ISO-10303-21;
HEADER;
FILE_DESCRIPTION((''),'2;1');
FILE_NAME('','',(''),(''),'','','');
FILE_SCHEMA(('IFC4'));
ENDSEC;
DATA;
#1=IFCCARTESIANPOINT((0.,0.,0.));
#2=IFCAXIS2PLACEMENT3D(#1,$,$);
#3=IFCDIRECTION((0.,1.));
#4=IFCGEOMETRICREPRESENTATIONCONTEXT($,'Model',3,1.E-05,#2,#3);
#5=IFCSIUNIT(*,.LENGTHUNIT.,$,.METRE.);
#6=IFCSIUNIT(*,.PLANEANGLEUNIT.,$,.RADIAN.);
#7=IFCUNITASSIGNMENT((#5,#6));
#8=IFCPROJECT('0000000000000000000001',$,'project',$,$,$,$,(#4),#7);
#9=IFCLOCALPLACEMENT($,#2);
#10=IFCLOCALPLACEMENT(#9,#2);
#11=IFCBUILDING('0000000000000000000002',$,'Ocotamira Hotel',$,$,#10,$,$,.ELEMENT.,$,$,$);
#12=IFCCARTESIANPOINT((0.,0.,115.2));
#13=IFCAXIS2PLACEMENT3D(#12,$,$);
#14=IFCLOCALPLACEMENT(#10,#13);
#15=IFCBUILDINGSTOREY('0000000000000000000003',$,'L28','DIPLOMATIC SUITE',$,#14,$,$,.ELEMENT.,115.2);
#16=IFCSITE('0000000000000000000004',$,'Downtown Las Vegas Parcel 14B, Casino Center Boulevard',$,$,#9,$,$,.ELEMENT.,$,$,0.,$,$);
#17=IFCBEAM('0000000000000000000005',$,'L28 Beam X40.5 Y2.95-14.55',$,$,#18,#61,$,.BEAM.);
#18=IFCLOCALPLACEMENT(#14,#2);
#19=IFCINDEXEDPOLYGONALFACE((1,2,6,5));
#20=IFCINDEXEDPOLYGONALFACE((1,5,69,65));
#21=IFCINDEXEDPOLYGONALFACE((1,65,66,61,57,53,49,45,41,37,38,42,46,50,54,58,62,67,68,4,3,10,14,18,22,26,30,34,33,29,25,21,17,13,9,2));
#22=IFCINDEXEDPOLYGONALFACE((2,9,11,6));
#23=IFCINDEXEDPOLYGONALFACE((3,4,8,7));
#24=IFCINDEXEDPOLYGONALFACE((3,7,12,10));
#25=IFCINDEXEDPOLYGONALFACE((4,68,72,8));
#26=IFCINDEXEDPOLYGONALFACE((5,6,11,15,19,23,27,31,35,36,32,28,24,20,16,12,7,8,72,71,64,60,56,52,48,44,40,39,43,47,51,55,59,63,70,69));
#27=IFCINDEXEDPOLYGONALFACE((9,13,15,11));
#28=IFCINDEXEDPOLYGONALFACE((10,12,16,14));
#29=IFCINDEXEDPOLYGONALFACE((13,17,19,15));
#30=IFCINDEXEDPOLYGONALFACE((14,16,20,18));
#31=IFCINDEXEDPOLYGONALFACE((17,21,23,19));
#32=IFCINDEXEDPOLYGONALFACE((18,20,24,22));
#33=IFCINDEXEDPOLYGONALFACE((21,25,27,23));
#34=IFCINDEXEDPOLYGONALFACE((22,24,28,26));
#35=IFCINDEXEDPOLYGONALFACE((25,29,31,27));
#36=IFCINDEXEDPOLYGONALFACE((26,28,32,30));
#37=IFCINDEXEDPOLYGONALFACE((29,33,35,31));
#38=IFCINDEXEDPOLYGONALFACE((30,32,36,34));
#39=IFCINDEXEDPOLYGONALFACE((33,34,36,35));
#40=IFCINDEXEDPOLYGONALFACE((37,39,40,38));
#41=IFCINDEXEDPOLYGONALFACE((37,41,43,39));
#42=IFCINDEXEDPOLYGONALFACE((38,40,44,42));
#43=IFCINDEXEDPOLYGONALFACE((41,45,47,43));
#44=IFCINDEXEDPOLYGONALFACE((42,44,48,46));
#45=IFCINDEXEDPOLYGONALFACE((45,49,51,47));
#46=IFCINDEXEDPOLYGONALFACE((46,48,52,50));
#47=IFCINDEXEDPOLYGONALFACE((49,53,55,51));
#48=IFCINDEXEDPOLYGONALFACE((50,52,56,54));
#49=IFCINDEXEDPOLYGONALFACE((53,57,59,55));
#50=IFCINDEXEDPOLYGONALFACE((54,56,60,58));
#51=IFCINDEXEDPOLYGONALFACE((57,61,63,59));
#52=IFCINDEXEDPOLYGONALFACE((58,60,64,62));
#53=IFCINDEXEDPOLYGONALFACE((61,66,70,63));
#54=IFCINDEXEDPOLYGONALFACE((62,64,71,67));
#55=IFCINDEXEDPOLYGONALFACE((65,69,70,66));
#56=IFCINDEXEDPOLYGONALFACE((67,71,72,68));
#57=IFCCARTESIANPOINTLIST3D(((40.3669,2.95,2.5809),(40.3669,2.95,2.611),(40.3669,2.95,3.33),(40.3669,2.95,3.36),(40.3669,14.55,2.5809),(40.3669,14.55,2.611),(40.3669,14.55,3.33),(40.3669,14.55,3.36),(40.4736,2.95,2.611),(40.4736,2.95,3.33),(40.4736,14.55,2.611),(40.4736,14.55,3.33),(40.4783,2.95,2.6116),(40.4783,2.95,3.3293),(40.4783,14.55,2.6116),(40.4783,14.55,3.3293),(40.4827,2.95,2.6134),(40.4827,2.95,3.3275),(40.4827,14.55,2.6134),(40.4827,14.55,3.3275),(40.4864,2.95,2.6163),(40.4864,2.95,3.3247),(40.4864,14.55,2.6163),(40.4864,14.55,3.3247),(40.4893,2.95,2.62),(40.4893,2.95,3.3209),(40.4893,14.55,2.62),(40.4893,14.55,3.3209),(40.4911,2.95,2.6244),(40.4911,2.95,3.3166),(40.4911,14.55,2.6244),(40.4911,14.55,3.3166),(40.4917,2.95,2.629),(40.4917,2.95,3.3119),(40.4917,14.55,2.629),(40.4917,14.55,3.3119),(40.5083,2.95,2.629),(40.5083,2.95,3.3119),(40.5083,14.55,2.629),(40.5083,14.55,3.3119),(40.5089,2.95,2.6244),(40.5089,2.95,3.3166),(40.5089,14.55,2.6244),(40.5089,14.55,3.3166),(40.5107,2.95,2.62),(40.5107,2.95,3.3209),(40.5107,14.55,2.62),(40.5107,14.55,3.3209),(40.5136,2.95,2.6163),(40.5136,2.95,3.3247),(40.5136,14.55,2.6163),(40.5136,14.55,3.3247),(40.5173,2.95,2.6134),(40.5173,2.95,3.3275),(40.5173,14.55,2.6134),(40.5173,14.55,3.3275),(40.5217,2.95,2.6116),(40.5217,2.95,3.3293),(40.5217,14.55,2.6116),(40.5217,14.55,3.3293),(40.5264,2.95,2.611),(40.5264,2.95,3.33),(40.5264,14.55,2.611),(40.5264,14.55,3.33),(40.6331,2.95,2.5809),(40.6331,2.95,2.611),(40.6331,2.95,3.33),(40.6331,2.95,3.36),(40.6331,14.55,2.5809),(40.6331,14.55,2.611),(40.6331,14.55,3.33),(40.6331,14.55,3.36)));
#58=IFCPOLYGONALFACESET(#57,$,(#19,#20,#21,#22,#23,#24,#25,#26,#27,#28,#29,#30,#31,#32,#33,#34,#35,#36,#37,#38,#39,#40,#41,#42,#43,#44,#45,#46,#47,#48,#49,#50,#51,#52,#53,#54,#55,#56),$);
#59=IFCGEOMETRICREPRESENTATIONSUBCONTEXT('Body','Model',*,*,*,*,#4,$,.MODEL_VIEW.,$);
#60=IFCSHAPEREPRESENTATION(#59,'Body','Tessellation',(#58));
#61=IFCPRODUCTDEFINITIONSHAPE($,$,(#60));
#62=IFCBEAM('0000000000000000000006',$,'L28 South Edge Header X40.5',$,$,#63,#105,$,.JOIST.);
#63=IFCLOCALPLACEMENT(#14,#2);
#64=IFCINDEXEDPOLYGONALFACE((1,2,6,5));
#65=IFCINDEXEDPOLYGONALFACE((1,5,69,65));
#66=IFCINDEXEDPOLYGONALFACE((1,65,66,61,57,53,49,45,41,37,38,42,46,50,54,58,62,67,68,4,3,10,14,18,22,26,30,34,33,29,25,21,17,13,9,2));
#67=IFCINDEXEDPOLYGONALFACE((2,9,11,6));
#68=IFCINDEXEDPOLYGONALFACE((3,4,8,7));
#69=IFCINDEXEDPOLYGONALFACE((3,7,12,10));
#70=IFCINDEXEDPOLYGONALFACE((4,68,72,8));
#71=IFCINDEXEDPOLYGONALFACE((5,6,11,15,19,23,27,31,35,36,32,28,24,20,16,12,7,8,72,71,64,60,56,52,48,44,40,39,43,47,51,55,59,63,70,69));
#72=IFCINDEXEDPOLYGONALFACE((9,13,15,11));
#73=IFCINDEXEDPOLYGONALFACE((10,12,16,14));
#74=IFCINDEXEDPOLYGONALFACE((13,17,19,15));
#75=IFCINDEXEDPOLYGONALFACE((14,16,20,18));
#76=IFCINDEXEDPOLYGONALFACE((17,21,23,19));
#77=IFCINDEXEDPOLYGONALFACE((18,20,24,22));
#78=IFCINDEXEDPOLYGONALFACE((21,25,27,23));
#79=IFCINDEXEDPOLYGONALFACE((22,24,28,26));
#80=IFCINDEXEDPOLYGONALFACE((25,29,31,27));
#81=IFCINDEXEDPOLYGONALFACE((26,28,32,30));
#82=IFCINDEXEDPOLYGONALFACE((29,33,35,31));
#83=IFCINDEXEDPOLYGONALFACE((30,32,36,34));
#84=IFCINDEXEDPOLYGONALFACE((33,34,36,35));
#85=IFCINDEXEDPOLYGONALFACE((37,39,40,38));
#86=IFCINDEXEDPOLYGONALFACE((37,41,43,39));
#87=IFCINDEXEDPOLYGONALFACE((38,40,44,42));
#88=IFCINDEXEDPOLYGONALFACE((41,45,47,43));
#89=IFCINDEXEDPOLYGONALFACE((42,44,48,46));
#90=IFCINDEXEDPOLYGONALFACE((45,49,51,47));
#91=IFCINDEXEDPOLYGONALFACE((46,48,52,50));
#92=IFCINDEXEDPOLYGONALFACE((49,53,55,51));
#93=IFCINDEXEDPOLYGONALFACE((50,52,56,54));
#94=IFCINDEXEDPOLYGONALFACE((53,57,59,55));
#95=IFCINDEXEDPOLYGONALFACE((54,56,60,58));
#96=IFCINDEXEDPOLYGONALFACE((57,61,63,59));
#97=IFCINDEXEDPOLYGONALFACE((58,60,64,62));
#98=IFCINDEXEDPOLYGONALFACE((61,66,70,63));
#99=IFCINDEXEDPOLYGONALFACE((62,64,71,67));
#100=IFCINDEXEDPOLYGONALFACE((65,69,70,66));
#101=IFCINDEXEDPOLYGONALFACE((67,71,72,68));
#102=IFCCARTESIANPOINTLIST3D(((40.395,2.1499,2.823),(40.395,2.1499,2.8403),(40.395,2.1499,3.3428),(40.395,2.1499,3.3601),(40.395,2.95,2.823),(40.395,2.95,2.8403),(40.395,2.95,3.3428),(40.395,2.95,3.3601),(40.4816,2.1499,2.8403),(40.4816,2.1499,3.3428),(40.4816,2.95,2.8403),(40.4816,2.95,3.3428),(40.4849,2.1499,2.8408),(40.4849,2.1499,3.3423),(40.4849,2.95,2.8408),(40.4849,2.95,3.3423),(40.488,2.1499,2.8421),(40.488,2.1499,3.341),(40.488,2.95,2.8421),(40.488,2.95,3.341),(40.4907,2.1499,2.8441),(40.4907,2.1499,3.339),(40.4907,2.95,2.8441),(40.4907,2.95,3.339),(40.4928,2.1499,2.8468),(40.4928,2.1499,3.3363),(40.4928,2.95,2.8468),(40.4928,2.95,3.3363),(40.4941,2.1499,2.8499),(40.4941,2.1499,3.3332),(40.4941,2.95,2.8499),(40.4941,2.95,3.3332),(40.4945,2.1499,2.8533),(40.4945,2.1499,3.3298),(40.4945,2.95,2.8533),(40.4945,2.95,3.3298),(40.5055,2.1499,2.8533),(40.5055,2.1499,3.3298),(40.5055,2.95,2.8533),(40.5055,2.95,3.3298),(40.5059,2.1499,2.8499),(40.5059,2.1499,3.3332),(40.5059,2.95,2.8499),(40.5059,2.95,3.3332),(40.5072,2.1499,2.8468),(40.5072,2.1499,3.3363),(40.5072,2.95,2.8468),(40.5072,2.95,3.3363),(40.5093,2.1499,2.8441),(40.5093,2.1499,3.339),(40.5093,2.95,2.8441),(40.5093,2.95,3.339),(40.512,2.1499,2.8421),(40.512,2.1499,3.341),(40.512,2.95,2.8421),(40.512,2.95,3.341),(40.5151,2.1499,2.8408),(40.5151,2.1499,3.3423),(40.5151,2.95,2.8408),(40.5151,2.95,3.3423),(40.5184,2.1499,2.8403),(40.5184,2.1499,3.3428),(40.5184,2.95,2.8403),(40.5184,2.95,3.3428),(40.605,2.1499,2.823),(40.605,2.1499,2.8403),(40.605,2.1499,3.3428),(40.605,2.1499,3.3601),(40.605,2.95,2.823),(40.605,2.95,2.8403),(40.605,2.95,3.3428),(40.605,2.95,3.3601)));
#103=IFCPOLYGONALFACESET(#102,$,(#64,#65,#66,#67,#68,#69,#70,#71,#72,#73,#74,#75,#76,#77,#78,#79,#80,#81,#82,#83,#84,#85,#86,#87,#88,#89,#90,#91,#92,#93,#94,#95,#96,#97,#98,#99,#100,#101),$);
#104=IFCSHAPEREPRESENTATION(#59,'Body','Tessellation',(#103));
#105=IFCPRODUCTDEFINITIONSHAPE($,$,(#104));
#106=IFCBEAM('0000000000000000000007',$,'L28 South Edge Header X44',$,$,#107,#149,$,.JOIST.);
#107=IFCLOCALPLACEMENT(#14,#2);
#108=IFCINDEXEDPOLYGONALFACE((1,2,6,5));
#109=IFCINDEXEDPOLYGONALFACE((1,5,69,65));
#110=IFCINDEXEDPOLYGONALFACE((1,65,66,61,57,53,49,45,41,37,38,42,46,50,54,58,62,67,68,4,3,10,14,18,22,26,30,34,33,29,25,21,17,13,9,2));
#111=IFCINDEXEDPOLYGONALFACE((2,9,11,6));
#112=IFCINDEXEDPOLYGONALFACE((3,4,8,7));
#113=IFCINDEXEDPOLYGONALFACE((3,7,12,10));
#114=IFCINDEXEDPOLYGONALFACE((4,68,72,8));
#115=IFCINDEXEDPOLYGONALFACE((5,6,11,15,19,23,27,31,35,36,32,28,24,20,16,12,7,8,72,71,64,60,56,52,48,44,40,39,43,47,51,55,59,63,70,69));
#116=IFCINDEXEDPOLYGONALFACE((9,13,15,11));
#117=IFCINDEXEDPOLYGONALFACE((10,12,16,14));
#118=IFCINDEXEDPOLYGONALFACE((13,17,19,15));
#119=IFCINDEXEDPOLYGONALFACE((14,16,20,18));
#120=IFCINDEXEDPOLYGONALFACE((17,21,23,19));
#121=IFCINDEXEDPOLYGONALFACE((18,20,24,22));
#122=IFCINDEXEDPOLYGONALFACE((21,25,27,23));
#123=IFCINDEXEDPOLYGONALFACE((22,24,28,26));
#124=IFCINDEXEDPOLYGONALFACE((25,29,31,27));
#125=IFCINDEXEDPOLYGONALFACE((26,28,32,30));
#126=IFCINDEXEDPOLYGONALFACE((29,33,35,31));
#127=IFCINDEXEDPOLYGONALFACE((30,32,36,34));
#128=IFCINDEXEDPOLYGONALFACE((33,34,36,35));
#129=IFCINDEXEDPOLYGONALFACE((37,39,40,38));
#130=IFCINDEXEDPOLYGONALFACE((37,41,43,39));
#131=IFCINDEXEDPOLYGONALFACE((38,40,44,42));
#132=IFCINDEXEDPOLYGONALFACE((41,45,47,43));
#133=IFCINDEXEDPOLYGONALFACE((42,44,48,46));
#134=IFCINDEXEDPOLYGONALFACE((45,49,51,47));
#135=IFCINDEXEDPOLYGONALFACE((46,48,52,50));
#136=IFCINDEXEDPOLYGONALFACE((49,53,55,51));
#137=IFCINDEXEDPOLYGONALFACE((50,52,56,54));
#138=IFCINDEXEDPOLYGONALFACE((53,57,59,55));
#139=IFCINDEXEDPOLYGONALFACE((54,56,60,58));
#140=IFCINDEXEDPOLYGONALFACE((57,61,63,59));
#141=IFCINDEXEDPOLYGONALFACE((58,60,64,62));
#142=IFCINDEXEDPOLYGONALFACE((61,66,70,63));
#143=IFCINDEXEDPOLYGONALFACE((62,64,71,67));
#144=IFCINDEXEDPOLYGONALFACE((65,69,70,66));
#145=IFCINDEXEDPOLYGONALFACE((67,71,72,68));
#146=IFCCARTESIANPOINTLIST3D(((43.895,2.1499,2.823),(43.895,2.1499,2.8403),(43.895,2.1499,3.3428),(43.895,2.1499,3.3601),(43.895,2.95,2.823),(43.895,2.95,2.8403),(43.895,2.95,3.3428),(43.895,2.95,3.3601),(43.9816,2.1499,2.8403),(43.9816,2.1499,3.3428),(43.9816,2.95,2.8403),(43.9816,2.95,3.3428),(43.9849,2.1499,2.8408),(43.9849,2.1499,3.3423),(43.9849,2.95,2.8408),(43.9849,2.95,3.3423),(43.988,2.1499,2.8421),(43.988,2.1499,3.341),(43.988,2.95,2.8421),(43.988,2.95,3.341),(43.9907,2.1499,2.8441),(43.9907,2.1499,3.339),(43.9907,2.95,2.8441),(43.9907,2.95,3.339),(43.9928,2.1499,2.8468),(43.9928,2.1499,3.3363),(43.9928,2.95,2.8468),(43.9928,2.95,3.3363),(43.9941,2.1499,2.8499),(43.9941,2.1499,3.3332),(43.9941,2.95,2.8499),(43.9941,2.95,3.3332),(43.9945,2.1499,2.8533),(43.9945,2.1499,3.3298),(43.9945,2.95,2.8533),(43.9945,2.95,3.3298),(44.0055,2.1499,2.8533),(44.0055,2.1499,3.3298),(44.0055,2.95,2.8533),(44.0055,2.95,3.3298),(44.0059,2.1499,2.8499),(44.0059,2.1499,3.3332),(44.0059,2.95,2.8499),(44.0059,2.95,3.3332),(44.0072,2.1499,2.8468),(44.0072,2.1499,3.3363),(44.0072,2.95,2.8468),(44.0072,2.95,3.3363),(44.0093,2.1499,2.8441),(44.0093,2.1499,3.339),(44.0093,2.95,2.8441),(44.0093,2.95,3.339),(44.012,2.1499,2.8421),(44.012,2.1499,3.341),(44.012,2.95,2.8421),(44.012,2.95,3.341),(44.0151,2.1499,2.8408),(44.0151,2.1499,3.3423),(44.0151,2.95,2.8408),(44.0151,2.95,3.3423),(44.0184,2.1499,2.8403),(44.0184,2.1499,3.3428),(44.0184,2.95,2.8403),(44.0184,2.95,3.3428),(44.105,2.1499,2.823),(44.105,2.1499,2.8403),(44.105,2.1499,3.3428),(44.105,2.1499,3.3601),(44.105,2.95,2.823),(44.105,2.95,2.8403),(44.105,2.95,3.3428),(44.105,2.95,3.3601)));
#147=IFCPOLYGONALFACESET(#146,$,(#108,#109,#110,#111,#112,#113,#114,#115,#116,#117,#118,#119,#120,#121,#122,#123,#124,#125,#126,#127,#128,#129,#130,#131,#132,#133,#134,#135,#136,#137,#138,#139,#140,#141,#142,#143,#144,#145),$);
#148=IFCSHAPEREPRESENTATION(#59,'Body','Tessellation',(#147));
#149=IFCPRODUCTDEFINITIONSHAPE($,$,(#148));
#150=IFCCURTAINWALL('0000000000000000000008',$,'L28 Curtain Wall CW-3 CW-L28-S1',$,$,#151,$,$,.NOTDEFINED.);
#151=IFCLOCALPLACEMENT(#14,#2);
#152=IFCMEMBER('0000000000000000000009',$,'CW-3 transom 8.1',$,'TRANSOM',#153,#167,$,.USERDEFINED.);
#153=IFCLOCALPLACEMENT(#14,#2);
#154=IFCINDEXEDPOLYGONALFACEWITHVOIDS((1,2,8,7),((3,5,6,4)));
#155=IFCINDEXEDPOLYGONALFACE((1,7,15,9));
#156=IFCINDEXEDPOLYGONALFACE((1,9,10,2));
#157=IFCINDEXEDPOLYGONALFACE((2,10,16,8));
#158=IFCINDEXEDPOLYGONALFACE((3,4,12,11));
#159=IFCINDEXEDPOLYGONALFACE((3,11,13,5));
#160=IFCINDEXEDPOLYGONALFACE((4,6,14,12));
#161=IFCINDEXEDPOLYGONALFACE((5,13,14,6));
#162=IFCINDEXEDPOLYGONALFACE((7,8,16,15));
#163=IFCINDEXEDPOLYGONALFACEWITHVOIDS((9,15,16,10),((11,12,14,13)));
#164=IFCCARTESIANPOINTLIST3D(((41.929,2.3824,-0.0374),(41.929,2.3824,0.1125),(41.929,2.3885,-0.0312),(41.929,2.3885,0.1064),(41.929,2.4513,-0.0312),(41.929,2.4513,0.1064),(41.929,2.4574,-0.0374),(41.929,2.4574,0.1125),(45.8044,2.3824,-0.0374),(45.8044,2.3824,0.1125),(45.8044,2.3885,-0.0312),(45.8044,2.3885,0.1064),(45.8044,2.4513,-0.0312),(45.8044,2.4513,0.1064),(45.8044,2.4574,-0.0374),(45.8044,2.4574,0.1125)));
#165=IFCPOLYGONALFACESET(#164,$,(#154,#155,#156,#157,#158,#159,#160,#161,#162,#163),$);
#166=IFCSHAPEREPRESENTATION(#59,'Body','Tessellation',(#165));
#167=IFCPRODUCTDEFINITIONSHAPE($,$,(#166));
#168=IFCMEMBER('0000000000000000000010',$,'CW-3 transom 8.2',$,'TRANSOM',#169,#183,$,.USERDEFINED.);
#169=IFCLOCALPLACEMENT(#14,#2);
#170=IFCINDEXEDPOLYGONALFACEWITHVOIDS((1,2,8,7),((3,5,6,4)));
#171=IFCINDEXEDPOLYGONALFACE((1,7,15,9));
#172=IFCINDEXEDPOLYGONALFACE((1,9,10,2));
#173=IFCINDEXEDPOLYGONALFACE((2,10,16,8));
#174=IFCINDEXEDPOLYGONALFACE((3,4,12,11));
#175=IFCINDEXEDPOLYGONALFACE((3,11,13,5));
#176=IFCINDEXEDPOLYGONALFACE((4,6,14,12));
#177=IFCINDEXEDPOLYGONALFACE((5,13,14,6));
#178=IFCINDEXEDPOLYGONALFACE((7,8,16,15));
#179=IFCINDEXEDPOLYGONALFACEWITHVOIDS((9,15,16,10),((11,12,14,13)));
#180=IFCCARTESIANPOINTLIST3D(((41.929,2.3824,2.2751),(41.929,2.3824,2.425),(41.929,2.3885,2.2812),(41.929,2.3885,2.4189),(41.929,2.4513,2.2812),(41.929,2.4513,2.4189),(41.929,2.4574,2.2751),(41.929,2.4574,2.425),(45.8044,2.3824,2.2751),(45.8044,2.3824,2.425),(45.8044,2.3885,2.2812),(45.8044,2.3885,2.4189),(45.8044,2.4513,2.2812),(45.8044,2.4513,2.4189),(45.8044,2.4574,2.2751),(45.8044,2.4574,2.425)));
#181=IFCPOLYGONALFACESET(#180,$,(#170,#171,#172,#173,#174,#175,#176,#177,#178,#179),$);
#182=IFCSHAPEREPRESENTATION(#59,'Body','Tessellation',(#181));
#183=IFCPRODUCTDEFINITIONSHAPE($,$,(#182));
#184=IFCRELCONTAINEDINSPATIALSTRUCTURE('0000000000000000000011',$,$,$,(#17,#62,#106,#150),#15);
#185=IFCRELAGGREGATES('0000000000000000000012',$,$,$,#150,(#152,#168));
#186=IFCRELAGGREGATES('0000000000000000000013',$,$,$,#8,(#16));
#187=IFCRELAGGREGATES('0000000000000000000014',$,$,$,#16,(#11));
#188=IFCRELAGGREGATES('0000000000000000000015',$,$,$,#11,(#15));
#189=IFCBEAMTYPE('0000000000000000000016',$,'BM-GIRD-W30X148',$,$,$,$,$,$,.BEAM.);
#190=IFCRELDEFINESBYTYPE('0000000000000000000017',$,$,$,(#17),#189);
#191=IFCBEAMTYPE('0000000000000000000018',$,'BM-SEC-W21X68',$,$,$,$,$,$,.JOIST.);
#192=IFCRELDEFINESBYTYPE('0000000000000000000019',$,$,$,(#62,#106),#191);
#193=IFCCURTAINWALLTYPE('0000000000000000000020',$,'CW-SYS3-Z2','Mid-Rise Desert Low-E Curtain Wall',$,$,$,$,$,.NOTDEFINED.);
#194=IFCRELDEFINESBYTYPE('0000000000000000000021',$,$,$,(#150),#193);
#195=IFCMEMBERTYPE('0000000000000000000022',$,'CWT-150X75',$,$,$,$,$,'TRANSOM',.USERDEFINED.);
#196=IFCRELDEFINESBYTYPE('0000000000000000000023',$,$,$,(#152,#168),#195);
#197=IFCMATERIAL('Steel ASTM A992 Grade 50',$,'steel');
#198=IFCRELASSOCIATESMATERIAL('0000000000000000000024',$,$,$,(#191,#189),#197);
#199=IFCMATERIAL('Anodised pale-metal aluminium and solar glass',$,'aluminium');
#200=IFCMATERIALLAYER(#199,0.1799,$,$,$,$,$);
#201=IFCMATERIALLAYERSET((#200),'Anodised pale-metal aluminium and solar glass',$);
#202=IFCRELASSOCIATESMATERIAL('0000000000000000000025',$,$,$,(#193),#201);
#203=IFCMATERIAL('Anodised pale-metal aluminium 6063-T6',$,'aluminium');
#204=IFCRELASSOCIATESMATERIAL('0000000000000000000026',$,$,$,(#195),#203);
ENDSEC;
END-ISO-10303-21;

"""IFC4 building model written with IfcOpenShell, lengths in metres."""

from ifc_helpers import new_model, si_unit, direction, frame, origin, origin_2d, place, context, subcontext, project, spatial, hollow_rectangle, i_section, extrude, source, transform, mapped, material, layer, layer_set, material_profile, profile_set, type_object, element, aggregate, save


model = new_model("IFC4")

# Units and contexts
model_context = context("Model", 3, precision=1e-05, world=origin(), true_north=direction((0.0, 1.0)))
body_context = subcontext(model_context, "Body", "Model", "MODEL_VIEW")
ifc_project = project(units=[si_unit("LENGTHUNIT", "METRE"), si_unit("PLANEANGLEUNIT", "RADIAN")], contexts=[model_context])

# Site, building, storey
site_placement = place(None, origin())
site = spatial("IfcSite", under=ifc_project, at=site_placement, Name="Downtown Las Vegas Parcel 14B, Casino Center Boulevard", CompositionType="ELEMENT", RefElevation=0.0)
building_placement = place(site_placement, origin())
building = spatial("IfcBuilding", under=site, at=building_placement, Name="Ocotamira Hotel", CompositionType="ELEMENT")
storey_placement = place(building_placement, frame((0.0, 0.0, 115.2)))
storey = spatial("IfcBuildingStorey", under=building, at=storey_placement, Name="L28", Description="DIPLOMATIC SUITE", CompositionType="ELEMENT", Elevation=115.2)

# Beams
ifc_material_1 = material(Name="Steel ASTM A992 Grade 50", Category="steel")
ifc_material_profile_1 = material_profile(ifc_material_1, i_section(OverallWidth=0.21, OverallDepth=0.5371, WebThickness=0.011, FlangeThickness=0.0173, FilletRadius=0.0129, at=origin_2d()), Name="W21X68")
ifc_profile_set_1 = profile_set([ifc_material_profile_1], Name="Steel ASTM A992 Grade 50")
beam_type_1 = type_object("IfcBeamType", Name="BM-SEC-W21X68", PredefinedType="JOIST", material=ifc_profile_set_1)
ifc_material_profile_2 = material_profile(ifc_material_1, i_section(OverallWidth=0.2661, OverallDepth=0.7791, WebThickness=0.0166, FlangeThickness=0.03, FilletRadius=0.0181, at=origin_2d()), Name="W30X148")
ifc_profile_set_2 = profile_set([ifc_material_profile_2], Name="Steel ASTM A992 Grade 50")
beam_type_2 = type_object("IfcBeamType", Name="BM-GIRD-W30X148", PredefinedType="BEAM", material=ifc_profile_set_2)
shared_shape_1 = source(origin(), body_context, "Body", "SweptSolid", [
    extrude(i_section(OverallWidth=0.2661, OverallDepth=0.7791, WebThickness=0.0166, FlangeThickness=0.03, FilletRadius=0.0181, at=origin_2d()), origin(), (0.0, 0.0, 1.0), 11.6001),
])
beam_1_placement = place(storey_placement, frame((40.5, 2.95, 2.9705), z_axis=(0.0, 1.0, 0.0), x_axis=(-1.0, 0.0, 0.0)))
element("IfcBeam", 1, at=beam_1_placement, inside=storey, type_object=beam_type_2, Name="L28 Beam X40.5 Y2.95-14.55", PredefinedType="BEAM", context=body_context, shape_type="MappedRepresentation", body=[
    mapped(shared_shape_1, transform((0.0, 0.0, 0.0), scale=1.0)),
])
shared_shape_2 = source(origin(), body_context, "Body", "SweptSolid", [
    extrude(i_section(OverallWidth=0.21, OverallDepth=0.5371, WebThickness=0.011, FlangeThickness=0.0173, FilletRadius=0.0129, at=origin_2d()), origin(), (0.0, 0.0, 1.0), 0.8),
])
for number, where, z_axis, x_axis, name in (
    (2, (40.5, 2.95, 3.0916), (0.0, -1.0, 0.0), (1.0, 0.0, 0.0), "L28 South Edge Header X40.5"),
    (3, (44.0, 2.95, 3.0916), (0.0, -1.0, 0.0), (1.0, 0.0, 0.0), "L28 South Edge Header X44"),
):
    element("IfcBeam", number, at=place(storey_placement, frame(where, z_axis=z_axis, x_axis=x_axis)), inside=storey, type_object=beam_type_1, Name=name, PredefinedType="JOIST", context=body_context, shape_type="MappedRepresentation", body=[
        mapped(shared_shape_2, transform((0.0, 0.0, 0.0), scale=1.0)),
    ])

# Curtain wall, members
ifc_material_2 = material(Name="Anodised pale-metal aluminium and solar glass", Category="aluminium")
ifc_layer_1 = layer(ifc_material_2, 0.1799)
ifc_layer_set_1 = layer_set([ifc_layer_1], Name="Anodised pale-metal aluminium and solar glass")
curtain_wall_type = type_object("IfcCurtainWallType", Name="CW-SYS3-Z2", Description="Mid-Rise Desert Low-E Curtain Wall", PredefinedType="NOTDEFINED", material=ifc_layer_set_1)
curtain_wall_placement = place(storey_placement, origin())
curtain_wall = element("IfcCurtainWall", 4, at=curtain_wall_placement, inside=storey, type_object=curtain_wall_type, Name="L28 Curtain Wall CW-3 CW-L28-S1", PredefinedType="NOTDEFINED")
ifc_material_3 = material(Name="Anodised pale-metal aluminium 6063-T6", Category="aluminium")
ifc_material_profile_3 = material_profile(ifc_material_3, hollow_rectangle(XDim=0.075, YDim=0.1499, WallThickness=0.0061, at=origin_2d()), Name="HSS150X75X6")
ifc_profile_set_3 = profile_set([ifc_material_profile_3], Name="Anodised pale-metal aluminium 6063-T6")
member_type_1 = type_object("IfcMemberType", Name="CWT-150X75", ElementType="TRANSOM", PredefinedType="USERDEFINED", material=ifc_profile_set_3)
shared_shape_3 = source(origin(), body_context, "Body", "SweptSolid", [
    extrude(hollow_rectangle(XDim=0.075, YDim=0.1499, WallThickness=0.0061, at=origin_2d()), origin(), (0.0, 0.0, 1.0), 3.8755),
])
member_1_placement = place(storey_placement, frame((41.929, 2.4199, 0.0376), z_axis=(1.0, 0.0, 0.0), x_axis=(0.0, 1.0, 0.0)))
member_1 = element("IfcMember", 5, at=member_1_placement, type_object=member_type_1, Name="CW-3 transom 8.1", ObjectType="TRANSOM", PredefinedType="USERDEFINED", context=body_context, shape_type="MappedRepresentation", body=[
    mapped(shared_shape_3, transform((0.0, 0.0, 0.0), scale=1.0)),
])
member_2_placement = place(storey_placement, frame((41.929, 2.4199, 2.3501), z_axis=(1.0, 0.0, 0.0), x_axis=(0.0, 1.0, 0.0)))
member_2 = element("IfcMember", 6, at=member_2_placement, type_object=member_type_1, Name="CW-3 transom 8.2", ObjectType="TRANSOM", PredefinedType="USERDEFINED", context=body_context, shape_type="MappedRepresentation", body=[
    mapped(shared_shape_3, transform((0.0, 0.0, 0.0), scale=1.0)),
])
aggregate(curtain_wall, [member_1, member_2])

save(model, "model.ifc")
